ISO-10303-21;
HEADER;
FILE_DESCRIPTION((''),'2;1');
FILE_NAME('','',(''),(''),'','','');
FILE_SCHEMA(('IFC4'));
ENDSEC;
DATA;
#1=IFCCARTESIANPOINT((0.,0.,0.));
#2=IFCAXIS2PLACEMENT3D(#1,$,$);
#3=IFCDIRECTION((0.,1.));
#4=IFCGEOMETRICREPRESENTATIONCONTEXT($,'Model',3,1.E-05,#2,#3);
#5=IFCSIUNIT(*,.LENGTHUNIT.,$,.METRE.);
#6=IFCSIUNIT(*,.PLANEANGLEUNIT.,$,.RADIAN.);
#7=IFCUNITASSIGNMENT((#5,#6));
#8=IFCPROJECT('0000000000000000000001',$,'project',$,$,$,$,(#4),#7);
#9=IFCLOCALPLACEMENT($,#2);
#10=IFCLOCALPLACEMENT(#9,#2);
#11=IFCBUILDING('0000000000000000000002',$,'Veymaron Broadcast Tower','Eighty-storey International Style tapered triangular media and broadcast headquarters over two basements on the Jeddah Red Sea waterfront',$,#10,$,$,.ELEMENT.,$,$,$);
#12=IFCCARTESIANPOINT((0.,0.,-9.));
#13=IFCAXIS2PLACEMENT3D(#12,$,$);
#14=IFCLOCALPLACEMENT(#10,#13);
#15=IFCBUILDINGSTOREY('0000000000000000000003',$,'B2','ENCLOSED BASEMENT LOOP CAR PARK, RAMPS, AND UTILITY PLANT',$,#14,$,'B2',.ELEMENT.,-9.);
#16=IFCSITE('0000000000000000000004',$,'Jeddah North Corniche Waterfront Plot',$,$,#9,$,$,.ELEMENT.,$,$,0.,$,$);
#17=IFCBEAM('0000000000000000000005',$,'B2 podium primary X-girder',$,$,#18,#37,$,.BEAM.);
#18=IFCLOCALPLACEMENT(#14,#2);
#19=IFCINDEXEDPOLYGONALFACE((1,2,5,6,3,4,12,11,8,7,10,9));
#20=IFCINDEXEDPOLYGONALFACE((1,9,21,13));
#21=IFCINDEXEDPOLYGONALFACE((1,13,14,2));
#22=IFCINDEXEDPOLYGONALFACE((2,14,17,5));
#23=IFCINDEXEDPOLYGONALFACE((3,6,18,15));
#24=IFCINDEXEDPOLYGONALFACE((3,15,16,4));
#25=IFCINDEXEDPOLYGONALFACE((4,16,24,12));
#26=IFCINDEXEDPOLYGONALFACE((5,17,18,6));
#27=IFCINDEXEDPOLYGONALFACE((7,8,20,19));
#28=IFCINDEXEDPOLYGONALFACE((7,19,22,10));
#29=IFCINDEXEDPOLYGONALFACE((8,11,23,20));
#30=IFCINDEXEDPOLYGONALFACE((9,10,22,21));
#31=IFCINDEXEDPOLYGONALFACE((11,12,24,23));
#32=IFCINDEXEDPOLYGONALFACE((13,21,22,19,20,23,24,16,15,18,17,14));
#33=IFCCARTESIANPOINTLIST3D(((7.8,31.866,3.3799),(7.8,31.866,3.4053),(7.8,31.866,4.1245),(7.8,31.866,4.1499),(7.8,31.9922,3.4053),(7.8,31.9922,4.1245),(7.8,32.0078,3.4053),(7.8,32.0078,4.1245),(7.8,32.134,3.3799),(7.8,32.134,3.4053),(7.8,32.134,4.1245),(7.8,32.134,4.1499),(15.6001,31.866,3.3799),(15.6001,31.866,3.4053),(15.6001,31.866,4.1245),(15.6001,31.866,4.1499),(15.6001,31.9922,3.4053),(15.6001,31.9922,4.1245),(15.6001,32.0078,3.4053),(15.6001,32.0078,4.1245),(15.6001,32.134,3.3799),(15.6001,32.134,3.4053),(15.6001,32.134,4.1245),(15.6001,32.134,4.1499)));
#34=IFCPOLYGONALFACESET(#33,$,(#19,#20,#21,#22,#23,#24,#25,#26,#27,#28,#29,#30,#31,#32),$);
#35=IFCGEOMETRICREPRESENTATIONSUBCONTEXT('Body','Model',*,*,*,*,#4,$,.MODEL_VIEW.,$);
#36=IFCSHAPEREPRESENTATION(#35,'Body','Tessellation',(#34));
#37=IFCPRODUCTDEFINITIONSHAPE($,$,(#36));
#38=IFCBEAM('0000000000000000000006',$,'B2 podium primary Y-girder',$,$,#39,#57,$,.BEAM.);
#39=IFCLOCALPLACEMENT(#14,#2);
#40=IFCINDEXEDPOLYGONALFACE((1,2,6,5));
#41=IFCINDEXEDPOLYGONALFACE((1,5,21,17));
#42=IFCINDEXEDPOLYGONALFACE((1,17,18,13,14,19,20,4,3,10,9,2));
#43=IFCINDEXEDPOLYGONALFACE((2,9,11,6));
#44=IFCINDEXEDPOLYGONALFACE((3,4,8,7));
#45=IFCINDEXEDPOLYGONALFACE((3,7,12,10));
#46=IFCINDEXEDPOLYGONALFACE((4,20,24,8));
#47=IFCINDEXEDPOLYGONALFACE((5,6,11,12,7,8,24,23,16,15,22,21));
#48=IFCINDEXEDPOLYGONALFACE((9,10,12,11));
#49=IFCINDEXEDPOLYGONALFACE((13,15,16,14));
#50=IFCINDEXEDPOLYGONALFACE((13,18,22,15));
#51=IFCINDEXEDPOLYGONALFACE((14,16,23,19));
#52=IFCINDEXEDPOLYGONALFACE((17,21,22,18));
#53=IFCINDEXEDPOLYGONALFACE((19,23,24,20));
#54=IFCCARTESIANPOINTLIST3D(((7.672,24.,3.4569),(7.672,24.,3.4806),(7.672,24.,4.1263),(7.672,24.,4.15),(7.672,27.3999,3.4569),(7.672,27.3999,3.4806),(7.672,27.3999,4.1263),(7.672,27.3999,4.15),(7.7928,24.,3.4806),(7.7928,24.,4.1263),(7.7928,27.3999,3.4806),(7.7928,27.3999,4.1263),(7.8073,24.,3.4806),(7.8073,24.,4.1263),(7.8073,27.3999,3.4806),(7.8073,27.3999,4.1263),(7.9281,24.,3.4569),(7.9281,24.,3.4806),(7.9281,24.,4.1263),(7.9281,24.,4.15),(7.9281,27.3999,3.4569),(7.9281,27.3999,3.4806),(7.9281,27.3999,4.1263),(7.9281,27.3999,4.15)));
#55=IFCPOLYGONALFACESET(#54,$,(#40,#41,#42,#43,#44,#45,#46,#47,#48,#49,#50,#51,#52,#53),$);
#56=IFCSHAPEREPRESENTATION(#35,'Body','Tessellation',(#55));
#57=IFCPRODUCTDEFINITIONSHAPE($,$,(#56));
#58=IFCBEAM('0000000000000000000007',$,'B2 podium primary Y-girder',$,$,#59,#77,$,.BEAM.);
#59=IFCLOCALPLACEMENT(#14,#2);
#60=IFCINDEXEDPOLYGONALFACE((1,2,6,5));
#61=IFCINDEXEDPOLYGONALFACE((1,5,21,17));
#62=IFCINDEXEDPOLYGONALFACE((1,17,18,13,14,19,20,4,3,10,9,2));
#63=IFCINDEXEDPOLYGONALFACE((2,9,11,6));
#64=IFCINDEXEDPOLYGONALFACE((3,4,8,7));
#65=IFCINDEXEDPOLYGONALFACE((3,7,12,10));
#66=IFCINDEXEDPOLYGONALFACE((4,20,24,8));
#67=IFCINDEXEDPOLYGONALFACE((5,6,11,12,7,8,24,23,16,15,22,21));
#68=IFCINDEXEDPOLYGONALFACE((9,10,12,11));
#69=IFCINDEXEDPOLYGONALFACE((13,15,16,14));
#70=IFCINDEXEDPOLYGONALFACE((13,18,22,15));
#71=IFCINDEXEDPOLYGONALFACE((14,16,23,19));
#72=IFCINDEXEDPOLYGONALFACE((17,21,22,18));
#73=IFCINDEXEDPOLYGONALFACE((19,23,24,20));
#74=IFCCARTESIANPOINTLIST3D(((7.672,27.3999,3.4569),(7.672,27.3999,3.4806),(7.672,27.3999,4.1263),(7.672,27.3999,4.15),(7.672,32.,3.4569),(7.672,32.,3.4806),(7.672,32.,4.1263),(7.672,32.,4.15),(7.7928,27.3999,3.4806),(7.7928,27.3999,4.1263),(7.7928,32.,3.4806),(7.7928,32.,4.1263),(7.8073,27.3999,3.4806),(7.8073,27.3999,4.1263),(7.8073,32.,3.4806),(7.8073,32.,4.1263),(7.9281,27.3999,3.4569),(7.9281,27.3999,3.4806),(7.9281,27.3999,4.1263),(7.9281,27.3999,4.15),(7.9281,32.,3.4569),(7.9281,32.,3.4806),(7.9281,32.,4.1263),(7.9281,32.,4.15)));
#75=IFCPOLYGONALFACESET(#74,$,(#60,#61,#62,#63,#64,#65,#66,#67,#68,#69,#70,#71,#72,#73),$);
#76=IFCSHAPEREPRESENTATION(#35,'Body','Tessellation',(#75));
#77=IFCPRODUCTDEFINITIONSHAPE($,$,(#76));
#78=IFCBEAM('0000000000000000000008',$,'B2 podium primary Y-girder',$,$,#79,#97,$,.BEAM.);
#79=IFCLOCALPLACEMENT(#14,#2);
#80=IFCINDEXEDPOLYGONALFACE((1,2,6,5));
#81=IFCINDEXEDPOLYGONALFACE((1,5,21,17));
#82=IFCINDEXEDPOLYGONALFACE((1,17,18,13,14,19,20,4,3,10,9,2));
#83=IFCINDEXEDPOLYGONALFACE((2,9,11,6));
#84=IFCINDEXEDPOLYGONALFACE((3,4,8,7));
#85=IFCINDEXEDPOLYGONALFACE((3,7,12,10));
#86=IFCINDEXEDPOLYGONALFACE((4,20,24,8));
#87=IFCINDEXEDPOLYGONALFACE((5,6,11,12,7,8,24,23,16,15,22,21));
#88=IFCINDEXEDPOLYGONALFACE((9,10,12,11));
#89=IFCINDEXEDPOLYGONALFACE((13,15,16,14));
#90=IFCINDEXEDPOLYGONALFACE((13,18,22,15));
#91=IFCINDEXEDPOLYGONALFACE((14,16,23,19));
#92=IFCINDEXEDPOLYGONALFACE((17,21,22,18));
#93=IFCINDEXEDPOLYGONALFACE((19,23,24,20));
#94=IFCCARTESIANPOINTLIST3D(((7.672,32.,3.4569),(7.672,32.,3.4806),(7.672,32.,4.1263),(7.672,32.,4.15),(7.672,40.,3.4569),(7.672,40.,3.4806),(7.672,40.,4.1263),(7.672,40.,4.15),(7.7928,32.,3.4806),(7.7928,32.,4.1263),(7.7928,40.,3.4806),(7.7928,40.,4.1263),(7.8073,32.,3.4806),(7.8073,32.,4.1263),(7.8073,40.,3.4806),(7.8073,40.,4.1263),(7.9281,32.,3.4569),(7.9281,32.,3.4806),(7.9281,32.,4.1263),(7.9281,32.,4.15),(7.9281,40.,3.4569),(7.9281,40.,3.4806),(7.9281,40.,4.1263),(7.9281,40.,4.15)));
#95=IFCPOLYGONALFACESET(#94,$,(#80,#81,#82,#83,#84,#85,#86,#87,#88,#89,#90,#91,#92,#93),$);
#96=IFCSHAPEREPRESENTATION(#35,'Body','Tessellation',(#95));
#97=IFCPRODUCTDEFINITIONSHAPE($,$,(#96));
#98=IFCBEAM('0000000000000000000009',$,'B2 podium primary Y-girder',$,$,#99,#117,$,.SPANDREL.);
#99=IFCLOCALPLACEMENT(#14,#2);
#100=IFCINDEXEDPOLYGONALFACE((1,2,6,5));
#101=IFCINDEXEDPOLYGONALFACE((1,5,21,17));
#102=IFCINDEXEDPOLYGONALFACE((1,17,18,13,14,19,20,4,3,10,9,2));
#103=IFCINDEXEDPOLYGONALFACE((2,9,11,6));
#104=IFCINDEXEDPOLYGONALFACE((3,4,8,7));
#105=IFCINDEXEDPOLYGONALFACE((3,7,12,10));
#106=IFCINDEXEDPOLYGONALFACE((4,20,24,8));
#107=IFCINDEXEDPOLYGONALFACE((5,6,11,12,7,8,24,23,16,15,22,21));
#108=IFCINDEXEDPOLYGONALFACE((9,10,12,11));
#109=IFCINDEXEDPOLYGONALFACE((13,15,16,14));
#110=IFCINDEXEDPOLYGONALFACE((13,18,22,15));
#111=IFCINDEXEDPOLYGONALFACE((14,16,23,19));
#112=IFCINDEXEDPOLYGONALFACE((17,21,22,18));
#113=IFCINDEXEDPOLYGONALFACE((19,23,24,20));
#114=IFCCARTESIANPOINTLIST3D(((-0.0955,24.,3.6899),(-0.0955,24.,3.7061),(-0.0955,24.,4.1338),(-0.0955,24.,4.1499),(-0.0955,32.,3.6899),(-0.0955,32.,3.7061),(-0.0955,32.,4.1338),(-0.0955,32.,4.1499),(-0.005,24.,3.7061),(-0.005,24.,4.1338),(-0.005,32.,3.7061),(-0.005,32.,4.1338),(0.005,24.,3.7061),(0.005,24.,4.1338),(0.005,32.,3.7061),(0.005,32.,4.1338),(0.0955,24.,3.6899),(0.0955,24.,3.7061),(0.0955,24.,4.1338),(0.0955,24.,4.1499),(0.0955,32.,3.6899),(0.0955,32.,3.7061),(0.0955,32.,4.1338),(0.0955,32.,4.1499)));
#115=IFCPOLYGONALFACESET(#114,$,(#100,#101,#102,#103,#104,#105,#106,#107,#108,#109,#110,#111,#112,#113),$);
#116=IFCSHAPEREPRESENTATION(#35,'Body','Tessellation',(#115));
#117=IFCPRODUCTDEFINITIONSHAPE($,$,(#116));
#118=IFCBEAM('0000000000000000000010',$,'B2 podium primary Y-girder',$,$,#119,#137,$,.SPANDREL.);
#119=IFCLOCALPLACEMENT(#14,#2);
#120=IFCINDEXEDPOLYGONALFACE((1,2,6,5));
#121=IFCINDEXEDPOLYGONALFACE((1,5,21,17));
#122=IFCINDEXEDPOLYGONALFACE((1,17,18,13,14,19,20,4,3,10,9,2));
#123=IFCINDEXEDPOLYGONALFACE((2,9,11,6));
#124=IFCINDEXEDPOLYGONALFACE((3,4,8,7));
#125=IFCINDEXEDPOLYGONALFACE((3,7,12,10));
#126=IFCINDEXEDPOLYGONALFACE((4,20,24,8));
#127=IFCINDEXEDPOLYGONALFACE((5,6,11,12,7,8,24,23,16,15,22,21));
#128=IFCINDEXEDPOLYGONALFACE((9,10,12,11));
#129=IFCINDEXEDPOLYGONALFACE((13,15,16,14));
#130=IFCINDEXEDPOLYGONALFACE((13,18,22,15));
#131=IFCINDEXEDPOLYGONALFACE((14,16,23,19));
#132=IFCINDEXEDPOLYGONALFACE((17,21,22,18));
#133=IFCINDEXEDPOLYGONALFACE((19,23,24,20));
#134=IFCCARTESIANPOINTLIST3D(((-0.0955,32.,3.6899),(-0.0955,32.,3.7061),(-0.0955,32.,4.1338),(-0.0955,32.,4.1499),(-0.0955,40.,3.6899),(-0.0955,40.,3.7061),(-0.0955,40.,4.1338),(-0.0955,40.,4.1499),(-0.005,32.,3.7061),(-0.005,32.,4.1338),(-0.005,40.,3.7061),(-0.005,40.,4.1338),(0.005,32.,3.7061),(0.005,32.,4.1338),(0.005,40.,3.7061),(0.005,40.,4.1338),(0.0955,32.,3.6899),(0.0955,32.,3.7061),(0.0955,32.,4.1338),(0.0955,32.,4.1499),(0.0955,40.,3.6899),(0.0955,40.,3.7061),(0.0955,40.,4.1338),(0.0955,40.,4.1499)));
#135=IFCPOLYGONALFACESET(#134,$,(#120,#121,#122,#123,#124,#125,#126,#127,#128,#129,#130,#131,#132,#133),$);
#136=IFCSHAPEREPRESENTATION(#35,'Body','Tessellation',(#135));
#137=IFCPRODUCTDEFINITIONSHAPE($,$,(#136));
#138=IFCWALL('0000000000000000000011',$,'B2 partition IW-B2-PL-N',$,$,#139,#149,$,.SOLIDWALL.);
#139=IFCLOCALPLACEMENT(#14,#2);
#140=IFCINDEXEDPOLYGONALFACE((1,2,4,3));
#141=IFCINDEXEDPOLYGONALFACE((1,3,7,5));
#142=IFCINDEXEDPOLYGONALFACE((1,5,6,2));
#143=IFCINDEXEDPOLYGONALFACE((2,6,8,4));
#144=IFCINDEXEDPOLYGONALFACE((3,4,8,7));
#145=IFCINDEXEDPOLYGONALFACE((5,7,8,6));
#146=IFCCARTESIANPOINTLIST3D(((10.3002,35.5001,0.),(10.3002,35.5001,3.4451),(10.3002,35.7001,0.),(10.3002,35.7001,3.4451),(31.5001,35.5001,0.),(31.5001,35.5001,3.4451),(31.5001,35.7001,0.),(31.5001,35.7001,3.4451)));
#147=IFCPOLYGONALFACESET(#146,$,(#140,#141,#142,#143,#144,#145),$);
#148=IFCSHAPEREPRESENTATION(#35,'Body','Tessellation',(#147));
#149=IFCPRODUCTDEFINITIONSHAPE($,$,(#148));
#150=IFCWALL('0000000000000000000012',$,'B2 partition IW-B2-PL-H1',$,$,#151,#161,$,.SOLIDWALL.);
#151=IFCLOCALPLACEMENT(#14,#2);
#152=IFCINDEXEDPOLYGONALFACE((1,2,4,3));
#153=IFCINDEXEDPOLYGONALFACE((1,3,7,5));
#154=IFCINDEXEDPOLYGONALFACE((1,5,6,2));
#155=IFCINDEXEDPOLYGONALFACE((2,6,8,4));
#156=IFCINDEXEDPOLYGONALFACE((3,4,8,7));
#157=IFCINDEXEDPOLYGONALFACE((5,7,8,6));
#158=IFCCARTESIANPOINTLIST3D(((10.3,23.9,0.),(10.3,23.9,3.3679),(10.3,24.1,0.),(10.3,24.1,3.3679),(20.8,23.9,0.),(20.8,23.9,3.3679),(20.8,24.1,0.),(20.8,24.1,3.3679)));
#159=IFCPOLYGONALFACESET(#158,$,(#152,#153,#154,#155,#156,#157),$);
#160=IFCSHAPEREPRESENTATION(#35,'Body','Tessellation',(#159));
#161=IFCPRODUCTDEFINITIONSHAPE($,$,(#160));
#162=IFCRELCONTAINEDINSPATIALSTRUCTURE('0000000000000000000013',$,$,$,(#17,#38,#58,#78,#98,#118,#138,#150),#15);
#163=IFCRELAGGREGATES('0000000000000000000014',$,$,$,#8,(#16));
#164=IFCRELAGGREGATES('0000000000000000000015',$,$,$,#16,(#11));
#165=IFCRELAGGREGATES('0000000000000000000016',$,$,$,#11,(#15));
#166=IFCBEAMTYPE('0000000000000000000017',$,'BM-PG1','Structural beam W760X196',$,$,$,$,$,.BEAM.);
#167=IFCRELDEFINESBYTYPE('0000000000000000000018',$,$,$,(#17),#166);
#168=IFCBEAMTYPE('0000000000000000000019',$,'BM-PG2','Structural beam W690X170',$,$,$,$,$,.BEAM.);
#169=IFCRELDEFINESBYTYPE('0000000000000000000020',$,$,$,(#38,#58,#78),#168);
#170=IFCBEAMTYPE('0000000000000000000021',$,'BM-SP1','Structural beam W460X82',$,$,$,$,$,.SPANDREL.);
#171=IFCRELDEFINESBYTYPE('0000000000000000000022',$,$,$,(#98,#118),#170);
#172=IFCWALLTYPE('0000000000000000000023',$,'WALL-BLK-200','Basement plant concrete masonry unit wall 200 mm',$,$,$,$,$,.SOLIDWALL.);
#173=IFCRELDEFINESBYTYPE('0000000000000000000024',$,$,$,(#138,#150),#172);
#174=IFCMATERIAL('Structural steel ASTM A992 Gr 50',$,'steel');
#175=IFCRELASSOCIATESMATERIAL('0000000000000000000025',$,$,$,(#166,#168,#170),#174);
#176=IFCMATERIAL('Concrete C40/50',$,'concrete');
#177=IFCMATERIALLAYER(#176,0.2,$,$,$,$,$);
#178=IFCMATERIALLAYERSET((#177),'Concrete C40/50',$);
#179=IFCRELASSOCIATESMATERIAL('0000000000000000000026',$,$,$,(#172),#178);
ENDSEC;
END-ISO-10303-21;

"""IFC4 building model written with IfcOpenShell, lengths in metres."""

from ifc_helpers import new_model, si_unit, direction, frame, frame_2d, origin, origin_2d, place, context, subcontext, project, spatial, rectangle, i_section, extrude, material, layer, layer_set, material_profile, profile_set, type_object, element, save


model = new_model("IFC4")

# Units and contexts
model_context = context("Model", 3, precision=1e-05, world=origin(), true_north=direction((0.0, 1.0)))
body_context = subcontext(model_context, "Body", "Model", "MODEL_VIEW")
ifc_project = project(units=[si_unit("LENGTHUNIT", "METRE"), si_unit("PLANEANGLEUNIT", "RADIAN")], contexts=[model_context])

# Site, building, storey
site_placement = place(None, origin())
site = spatial("IfcSite", under=ifc_project, at=site_placement, Name="Jeddah North Corniche Waterfront Plot", CompositionType="ELEMENT", RefElevation=0.0)
building_placement = place(site_placement, origin())
building = spatial("IfcBuilding", under=site, at=building_placement, Name="Veymaron Broadcast Tower", Description="Eighty-storey International Style tapered triangular media and broadcast headquarters over two basements on the Jeddah Red Sea waterfront", CompositionType="ELEMENT")
storey_placement = place(building_placement, frame((0.0, 0.0, -9.0)))
storey = spatial("IfcBuildingStorey", under=building, at=storey_placement, Name="B2", Description="ENCLOSED BASEMENT LOOP CAR PARK, RAMPS, AND UTILITY PLANT", LongName="B2", CompositionType="ELEMENT", Elevation=-9.0)

# Beams
ifc_material_1 = material(Name="Structural steel ASTM A992 Gr 50", Category="steel")
ifc_material_profile_1 = material_profile(ifc_material_1, i_section(OverallWidth=0.2681, OverallDepth=0.77, WebThickness=0.0156, FlangeThickness=0.0254, at=origin_2d()), Name="W760X196")
ifc_profile_set_1 = profile_set([ifc_material_profile_1], Name="Structural steel ASTM A992 Gr 50")
beam_type_1 = type_object("IfcBeamType", Name="BM-PG1", Description="Structural beam W760X196", PredefinedType="BEAM", material=ifc_profile_set_1)
for number, where, z_axis, x_axis, name in (
    (1, (7.8, 32.0, 3.7649), (1.0, 0.0, 0.0), (0.0, 1.0, 0.0), "B2 podium primary X-girder"),
):
    element("IfcBeam", number, at=place(storey_placement, frame(where, z_axis=z_axis, x_axis=x_axis)), inside=storey, type_object=beam_type_1, Name=name, PredefinedType="BEAM", context=body_context, shape_type="SweptSolid", body=[
        extrude(i_section(OverallWidth=0.2681, OverallDepth=0.77, WebThickness=0.0156, FlangeThickness=0.0254, at=origin_2d()), origin(), (0.0, 0.0, 1.0), 7.8),
    ])
ifc_material_profile_2 = material_profile(ifc_material_1, i_section(OverallWidth=0.2561, OverallDepth=0.6931, WebThickness=0.0144, FlangeThickness=0.0237, at=origin_2d()), Name="W690X170")
ifc_profile_set_2 = profile_set([ifc_material_profile_2], Name="Structural steel ASTM A992 Gr 50")
beam_type_2 = type_object("IfcBeamType", Name="BM-PG2", Description="Structural beam W690X170", PredefinedType="BEAM", material=ifc_profile_set_2)
beam_1_placement = place(storey_placement, frame((7.8, 24.0, 3.8035), z_axis=(0.0, 1.0, 0.0), x_axis=(-1.0, 0.0, 0.0)))
element("IfcBeam", 2, at=beam_1_placement, inside=storey, type_object=beam_type_2, Name="B2 podium primary Y-girder", PredefinedType="BEAM", context=body_context, shape_type="SweptSolid", body=[
    extrude(i_section(OverallWidth=0.2561, OverallDepth=0.6931, WebThickness=0.0144, FlangeThickness=0.0237, at=origin_2d()), origin(), (0.0, 0.0, 1.0), 3.3999),
])
beam_2_placement = place(storey_placement, frame((7.8, 27.3999, 3.8035), z_axis=(0.0, 1.0, 0.0), x_axis=(-1.0, 0.0, 0.0)))
element("IfcBeam", 3, at=beam_2_placement, inside=storey, type_object=beam_type_2, Name="B2 podium primary Y-girder", PredefinedType="BEAM", context=body_context, shape_type="SweptSolid", body=[
    extrude(i_section(OverallWidth=0.2561, OverallDepth=0.6931, WebThickness=0.0144, FlangeThickness=0.0237, at=origin_2d()), origin(), (0.0, 0.0, 1.0), 4.6001),
])
beam_3_placement = place(storey_placement, frame((7.8, 32.0, 3.8035), z_axis=(0.0, 1.0, 0.0), x_axis=(-1.0, 0.0, 0.0)))
element("IfcBeam", 4, at=beam_3_placement, inside=storey, type_object=beam_type_2, Name="B2 podium primary Y-girder", PredefinedType="BEAM", context=body_context, shape_type="SweptSolid", body=[
    extrude(i_section(OverallWidth=0.2561, OverallDepth=0.6931, WebThickness=0.0144, FlangeThickness=0.0237, at=origin_2d()), origin(), (0.0, 0.0, 1.0), 8.0),
])
ifc_material_profile_3 = material_profile(ifc_material_1, i_section(OverallWidth=0.1909, OverallDepth=0.46, WebThickness=0.01, FlangeThickness=0.0161, at=origin_2d()), Name="W460X82")
ifc_profile_set_3 = profile_set([ifc_material_profile_3], Name="Structural steel ASTM A992 Gr 50")
beam_type_3 = type_object("IfcBeamType", Name="BM-SP1", Description="Structural beam W460X82", PredefinedType="SPANDREL", material=ifc_profile_set_3)
for number, where, z_axis, x_axis, name in (
    (5, (0.0, 24.0, 3.9199), (0.0, 1.0, 0.0), (-1.0, 0.0, 0.0), "B2 podium primary Y-girder"),
    (6, (0.0, 32.0, 3.9199), (0.0, 1.0, 0.0), (-1.0, 0.0, 0.0), "B2 podium primary Y-girder"),
):
    element("IfcBeam", number, at=place(storey_placement, frame(where, z_axis=z_axis, x_axis=x_axis)), inside=storey, type_object=beam_type_3, Name=name, PredefinedType="SPANDREL", context=body_context, shape_type="SweptSolid", body=[
        extrude(i_section(OverallWidth=0.1909, OverallDepth=0.46, WebThickness=0.01, FlangeThickness=0.0161, at=origin_2d()), origin(), (0.0, 0.0, 1.0), 8.0),
    ])

# Walls
ifc_material_2 = material(Name="Concrete C40/50", Category="concrete")
ifc_layer = layer(ifc_material_2, 0.2)
ifc_layer_set = layer_set([ifc_layer], Name="Concrete C40/50")
wall_type = type_object("IfcWallType", Name="WALL-BLK-200", Description="Basement plant concrete masonry unit wall 200 mm", PredefinedType="SOLIDWALL", material=ifc_layer_set)
wall_1_placement = place(storey_placement, frame((10.3, 35.6001, 0.0), z_axis=(0.0, 0.0, 1.0), x_axis=(1.0, 0.0, 0.0)))
element("IfcWall", 7, at=wall_1_placement, inside=storey, type_object=wall_type, Name="B2 partition IW-B2-PL-N", PredefinedType="SOLIDWALL", context=body_context, shape_type="SweptSolid", body=[
    extrude(rectangle(XDim=21.2, YDim=0.2, at=frame_2d((10.6001, 0.0))), origin(), (0.0, 0.0, 1.0), 3.4451),
])
wall_2_placement = place(storey_placement, frame((10.3, 24.0, 0.0), z_axis=(0.0, 0.0, 1.0), x_axis=(1.0, 0.0, 0.0)))
element("IfcWall", 8, at=wall_2_placement, inside=storey, type_object=wall_type, Name="B2 partition IW-B2-PL-H1", PredefinedType="SOLIDWALL", context=body_context, shape_type="SweptSolid", body=[
    extrude(rectangle(XDim=10.5, YDim=0.2, at=frame_2d((5.25, 0.0))), origin(), (0.0, 0.0, 1.0), 3.3679),
])

save(model, "model.ifc")
